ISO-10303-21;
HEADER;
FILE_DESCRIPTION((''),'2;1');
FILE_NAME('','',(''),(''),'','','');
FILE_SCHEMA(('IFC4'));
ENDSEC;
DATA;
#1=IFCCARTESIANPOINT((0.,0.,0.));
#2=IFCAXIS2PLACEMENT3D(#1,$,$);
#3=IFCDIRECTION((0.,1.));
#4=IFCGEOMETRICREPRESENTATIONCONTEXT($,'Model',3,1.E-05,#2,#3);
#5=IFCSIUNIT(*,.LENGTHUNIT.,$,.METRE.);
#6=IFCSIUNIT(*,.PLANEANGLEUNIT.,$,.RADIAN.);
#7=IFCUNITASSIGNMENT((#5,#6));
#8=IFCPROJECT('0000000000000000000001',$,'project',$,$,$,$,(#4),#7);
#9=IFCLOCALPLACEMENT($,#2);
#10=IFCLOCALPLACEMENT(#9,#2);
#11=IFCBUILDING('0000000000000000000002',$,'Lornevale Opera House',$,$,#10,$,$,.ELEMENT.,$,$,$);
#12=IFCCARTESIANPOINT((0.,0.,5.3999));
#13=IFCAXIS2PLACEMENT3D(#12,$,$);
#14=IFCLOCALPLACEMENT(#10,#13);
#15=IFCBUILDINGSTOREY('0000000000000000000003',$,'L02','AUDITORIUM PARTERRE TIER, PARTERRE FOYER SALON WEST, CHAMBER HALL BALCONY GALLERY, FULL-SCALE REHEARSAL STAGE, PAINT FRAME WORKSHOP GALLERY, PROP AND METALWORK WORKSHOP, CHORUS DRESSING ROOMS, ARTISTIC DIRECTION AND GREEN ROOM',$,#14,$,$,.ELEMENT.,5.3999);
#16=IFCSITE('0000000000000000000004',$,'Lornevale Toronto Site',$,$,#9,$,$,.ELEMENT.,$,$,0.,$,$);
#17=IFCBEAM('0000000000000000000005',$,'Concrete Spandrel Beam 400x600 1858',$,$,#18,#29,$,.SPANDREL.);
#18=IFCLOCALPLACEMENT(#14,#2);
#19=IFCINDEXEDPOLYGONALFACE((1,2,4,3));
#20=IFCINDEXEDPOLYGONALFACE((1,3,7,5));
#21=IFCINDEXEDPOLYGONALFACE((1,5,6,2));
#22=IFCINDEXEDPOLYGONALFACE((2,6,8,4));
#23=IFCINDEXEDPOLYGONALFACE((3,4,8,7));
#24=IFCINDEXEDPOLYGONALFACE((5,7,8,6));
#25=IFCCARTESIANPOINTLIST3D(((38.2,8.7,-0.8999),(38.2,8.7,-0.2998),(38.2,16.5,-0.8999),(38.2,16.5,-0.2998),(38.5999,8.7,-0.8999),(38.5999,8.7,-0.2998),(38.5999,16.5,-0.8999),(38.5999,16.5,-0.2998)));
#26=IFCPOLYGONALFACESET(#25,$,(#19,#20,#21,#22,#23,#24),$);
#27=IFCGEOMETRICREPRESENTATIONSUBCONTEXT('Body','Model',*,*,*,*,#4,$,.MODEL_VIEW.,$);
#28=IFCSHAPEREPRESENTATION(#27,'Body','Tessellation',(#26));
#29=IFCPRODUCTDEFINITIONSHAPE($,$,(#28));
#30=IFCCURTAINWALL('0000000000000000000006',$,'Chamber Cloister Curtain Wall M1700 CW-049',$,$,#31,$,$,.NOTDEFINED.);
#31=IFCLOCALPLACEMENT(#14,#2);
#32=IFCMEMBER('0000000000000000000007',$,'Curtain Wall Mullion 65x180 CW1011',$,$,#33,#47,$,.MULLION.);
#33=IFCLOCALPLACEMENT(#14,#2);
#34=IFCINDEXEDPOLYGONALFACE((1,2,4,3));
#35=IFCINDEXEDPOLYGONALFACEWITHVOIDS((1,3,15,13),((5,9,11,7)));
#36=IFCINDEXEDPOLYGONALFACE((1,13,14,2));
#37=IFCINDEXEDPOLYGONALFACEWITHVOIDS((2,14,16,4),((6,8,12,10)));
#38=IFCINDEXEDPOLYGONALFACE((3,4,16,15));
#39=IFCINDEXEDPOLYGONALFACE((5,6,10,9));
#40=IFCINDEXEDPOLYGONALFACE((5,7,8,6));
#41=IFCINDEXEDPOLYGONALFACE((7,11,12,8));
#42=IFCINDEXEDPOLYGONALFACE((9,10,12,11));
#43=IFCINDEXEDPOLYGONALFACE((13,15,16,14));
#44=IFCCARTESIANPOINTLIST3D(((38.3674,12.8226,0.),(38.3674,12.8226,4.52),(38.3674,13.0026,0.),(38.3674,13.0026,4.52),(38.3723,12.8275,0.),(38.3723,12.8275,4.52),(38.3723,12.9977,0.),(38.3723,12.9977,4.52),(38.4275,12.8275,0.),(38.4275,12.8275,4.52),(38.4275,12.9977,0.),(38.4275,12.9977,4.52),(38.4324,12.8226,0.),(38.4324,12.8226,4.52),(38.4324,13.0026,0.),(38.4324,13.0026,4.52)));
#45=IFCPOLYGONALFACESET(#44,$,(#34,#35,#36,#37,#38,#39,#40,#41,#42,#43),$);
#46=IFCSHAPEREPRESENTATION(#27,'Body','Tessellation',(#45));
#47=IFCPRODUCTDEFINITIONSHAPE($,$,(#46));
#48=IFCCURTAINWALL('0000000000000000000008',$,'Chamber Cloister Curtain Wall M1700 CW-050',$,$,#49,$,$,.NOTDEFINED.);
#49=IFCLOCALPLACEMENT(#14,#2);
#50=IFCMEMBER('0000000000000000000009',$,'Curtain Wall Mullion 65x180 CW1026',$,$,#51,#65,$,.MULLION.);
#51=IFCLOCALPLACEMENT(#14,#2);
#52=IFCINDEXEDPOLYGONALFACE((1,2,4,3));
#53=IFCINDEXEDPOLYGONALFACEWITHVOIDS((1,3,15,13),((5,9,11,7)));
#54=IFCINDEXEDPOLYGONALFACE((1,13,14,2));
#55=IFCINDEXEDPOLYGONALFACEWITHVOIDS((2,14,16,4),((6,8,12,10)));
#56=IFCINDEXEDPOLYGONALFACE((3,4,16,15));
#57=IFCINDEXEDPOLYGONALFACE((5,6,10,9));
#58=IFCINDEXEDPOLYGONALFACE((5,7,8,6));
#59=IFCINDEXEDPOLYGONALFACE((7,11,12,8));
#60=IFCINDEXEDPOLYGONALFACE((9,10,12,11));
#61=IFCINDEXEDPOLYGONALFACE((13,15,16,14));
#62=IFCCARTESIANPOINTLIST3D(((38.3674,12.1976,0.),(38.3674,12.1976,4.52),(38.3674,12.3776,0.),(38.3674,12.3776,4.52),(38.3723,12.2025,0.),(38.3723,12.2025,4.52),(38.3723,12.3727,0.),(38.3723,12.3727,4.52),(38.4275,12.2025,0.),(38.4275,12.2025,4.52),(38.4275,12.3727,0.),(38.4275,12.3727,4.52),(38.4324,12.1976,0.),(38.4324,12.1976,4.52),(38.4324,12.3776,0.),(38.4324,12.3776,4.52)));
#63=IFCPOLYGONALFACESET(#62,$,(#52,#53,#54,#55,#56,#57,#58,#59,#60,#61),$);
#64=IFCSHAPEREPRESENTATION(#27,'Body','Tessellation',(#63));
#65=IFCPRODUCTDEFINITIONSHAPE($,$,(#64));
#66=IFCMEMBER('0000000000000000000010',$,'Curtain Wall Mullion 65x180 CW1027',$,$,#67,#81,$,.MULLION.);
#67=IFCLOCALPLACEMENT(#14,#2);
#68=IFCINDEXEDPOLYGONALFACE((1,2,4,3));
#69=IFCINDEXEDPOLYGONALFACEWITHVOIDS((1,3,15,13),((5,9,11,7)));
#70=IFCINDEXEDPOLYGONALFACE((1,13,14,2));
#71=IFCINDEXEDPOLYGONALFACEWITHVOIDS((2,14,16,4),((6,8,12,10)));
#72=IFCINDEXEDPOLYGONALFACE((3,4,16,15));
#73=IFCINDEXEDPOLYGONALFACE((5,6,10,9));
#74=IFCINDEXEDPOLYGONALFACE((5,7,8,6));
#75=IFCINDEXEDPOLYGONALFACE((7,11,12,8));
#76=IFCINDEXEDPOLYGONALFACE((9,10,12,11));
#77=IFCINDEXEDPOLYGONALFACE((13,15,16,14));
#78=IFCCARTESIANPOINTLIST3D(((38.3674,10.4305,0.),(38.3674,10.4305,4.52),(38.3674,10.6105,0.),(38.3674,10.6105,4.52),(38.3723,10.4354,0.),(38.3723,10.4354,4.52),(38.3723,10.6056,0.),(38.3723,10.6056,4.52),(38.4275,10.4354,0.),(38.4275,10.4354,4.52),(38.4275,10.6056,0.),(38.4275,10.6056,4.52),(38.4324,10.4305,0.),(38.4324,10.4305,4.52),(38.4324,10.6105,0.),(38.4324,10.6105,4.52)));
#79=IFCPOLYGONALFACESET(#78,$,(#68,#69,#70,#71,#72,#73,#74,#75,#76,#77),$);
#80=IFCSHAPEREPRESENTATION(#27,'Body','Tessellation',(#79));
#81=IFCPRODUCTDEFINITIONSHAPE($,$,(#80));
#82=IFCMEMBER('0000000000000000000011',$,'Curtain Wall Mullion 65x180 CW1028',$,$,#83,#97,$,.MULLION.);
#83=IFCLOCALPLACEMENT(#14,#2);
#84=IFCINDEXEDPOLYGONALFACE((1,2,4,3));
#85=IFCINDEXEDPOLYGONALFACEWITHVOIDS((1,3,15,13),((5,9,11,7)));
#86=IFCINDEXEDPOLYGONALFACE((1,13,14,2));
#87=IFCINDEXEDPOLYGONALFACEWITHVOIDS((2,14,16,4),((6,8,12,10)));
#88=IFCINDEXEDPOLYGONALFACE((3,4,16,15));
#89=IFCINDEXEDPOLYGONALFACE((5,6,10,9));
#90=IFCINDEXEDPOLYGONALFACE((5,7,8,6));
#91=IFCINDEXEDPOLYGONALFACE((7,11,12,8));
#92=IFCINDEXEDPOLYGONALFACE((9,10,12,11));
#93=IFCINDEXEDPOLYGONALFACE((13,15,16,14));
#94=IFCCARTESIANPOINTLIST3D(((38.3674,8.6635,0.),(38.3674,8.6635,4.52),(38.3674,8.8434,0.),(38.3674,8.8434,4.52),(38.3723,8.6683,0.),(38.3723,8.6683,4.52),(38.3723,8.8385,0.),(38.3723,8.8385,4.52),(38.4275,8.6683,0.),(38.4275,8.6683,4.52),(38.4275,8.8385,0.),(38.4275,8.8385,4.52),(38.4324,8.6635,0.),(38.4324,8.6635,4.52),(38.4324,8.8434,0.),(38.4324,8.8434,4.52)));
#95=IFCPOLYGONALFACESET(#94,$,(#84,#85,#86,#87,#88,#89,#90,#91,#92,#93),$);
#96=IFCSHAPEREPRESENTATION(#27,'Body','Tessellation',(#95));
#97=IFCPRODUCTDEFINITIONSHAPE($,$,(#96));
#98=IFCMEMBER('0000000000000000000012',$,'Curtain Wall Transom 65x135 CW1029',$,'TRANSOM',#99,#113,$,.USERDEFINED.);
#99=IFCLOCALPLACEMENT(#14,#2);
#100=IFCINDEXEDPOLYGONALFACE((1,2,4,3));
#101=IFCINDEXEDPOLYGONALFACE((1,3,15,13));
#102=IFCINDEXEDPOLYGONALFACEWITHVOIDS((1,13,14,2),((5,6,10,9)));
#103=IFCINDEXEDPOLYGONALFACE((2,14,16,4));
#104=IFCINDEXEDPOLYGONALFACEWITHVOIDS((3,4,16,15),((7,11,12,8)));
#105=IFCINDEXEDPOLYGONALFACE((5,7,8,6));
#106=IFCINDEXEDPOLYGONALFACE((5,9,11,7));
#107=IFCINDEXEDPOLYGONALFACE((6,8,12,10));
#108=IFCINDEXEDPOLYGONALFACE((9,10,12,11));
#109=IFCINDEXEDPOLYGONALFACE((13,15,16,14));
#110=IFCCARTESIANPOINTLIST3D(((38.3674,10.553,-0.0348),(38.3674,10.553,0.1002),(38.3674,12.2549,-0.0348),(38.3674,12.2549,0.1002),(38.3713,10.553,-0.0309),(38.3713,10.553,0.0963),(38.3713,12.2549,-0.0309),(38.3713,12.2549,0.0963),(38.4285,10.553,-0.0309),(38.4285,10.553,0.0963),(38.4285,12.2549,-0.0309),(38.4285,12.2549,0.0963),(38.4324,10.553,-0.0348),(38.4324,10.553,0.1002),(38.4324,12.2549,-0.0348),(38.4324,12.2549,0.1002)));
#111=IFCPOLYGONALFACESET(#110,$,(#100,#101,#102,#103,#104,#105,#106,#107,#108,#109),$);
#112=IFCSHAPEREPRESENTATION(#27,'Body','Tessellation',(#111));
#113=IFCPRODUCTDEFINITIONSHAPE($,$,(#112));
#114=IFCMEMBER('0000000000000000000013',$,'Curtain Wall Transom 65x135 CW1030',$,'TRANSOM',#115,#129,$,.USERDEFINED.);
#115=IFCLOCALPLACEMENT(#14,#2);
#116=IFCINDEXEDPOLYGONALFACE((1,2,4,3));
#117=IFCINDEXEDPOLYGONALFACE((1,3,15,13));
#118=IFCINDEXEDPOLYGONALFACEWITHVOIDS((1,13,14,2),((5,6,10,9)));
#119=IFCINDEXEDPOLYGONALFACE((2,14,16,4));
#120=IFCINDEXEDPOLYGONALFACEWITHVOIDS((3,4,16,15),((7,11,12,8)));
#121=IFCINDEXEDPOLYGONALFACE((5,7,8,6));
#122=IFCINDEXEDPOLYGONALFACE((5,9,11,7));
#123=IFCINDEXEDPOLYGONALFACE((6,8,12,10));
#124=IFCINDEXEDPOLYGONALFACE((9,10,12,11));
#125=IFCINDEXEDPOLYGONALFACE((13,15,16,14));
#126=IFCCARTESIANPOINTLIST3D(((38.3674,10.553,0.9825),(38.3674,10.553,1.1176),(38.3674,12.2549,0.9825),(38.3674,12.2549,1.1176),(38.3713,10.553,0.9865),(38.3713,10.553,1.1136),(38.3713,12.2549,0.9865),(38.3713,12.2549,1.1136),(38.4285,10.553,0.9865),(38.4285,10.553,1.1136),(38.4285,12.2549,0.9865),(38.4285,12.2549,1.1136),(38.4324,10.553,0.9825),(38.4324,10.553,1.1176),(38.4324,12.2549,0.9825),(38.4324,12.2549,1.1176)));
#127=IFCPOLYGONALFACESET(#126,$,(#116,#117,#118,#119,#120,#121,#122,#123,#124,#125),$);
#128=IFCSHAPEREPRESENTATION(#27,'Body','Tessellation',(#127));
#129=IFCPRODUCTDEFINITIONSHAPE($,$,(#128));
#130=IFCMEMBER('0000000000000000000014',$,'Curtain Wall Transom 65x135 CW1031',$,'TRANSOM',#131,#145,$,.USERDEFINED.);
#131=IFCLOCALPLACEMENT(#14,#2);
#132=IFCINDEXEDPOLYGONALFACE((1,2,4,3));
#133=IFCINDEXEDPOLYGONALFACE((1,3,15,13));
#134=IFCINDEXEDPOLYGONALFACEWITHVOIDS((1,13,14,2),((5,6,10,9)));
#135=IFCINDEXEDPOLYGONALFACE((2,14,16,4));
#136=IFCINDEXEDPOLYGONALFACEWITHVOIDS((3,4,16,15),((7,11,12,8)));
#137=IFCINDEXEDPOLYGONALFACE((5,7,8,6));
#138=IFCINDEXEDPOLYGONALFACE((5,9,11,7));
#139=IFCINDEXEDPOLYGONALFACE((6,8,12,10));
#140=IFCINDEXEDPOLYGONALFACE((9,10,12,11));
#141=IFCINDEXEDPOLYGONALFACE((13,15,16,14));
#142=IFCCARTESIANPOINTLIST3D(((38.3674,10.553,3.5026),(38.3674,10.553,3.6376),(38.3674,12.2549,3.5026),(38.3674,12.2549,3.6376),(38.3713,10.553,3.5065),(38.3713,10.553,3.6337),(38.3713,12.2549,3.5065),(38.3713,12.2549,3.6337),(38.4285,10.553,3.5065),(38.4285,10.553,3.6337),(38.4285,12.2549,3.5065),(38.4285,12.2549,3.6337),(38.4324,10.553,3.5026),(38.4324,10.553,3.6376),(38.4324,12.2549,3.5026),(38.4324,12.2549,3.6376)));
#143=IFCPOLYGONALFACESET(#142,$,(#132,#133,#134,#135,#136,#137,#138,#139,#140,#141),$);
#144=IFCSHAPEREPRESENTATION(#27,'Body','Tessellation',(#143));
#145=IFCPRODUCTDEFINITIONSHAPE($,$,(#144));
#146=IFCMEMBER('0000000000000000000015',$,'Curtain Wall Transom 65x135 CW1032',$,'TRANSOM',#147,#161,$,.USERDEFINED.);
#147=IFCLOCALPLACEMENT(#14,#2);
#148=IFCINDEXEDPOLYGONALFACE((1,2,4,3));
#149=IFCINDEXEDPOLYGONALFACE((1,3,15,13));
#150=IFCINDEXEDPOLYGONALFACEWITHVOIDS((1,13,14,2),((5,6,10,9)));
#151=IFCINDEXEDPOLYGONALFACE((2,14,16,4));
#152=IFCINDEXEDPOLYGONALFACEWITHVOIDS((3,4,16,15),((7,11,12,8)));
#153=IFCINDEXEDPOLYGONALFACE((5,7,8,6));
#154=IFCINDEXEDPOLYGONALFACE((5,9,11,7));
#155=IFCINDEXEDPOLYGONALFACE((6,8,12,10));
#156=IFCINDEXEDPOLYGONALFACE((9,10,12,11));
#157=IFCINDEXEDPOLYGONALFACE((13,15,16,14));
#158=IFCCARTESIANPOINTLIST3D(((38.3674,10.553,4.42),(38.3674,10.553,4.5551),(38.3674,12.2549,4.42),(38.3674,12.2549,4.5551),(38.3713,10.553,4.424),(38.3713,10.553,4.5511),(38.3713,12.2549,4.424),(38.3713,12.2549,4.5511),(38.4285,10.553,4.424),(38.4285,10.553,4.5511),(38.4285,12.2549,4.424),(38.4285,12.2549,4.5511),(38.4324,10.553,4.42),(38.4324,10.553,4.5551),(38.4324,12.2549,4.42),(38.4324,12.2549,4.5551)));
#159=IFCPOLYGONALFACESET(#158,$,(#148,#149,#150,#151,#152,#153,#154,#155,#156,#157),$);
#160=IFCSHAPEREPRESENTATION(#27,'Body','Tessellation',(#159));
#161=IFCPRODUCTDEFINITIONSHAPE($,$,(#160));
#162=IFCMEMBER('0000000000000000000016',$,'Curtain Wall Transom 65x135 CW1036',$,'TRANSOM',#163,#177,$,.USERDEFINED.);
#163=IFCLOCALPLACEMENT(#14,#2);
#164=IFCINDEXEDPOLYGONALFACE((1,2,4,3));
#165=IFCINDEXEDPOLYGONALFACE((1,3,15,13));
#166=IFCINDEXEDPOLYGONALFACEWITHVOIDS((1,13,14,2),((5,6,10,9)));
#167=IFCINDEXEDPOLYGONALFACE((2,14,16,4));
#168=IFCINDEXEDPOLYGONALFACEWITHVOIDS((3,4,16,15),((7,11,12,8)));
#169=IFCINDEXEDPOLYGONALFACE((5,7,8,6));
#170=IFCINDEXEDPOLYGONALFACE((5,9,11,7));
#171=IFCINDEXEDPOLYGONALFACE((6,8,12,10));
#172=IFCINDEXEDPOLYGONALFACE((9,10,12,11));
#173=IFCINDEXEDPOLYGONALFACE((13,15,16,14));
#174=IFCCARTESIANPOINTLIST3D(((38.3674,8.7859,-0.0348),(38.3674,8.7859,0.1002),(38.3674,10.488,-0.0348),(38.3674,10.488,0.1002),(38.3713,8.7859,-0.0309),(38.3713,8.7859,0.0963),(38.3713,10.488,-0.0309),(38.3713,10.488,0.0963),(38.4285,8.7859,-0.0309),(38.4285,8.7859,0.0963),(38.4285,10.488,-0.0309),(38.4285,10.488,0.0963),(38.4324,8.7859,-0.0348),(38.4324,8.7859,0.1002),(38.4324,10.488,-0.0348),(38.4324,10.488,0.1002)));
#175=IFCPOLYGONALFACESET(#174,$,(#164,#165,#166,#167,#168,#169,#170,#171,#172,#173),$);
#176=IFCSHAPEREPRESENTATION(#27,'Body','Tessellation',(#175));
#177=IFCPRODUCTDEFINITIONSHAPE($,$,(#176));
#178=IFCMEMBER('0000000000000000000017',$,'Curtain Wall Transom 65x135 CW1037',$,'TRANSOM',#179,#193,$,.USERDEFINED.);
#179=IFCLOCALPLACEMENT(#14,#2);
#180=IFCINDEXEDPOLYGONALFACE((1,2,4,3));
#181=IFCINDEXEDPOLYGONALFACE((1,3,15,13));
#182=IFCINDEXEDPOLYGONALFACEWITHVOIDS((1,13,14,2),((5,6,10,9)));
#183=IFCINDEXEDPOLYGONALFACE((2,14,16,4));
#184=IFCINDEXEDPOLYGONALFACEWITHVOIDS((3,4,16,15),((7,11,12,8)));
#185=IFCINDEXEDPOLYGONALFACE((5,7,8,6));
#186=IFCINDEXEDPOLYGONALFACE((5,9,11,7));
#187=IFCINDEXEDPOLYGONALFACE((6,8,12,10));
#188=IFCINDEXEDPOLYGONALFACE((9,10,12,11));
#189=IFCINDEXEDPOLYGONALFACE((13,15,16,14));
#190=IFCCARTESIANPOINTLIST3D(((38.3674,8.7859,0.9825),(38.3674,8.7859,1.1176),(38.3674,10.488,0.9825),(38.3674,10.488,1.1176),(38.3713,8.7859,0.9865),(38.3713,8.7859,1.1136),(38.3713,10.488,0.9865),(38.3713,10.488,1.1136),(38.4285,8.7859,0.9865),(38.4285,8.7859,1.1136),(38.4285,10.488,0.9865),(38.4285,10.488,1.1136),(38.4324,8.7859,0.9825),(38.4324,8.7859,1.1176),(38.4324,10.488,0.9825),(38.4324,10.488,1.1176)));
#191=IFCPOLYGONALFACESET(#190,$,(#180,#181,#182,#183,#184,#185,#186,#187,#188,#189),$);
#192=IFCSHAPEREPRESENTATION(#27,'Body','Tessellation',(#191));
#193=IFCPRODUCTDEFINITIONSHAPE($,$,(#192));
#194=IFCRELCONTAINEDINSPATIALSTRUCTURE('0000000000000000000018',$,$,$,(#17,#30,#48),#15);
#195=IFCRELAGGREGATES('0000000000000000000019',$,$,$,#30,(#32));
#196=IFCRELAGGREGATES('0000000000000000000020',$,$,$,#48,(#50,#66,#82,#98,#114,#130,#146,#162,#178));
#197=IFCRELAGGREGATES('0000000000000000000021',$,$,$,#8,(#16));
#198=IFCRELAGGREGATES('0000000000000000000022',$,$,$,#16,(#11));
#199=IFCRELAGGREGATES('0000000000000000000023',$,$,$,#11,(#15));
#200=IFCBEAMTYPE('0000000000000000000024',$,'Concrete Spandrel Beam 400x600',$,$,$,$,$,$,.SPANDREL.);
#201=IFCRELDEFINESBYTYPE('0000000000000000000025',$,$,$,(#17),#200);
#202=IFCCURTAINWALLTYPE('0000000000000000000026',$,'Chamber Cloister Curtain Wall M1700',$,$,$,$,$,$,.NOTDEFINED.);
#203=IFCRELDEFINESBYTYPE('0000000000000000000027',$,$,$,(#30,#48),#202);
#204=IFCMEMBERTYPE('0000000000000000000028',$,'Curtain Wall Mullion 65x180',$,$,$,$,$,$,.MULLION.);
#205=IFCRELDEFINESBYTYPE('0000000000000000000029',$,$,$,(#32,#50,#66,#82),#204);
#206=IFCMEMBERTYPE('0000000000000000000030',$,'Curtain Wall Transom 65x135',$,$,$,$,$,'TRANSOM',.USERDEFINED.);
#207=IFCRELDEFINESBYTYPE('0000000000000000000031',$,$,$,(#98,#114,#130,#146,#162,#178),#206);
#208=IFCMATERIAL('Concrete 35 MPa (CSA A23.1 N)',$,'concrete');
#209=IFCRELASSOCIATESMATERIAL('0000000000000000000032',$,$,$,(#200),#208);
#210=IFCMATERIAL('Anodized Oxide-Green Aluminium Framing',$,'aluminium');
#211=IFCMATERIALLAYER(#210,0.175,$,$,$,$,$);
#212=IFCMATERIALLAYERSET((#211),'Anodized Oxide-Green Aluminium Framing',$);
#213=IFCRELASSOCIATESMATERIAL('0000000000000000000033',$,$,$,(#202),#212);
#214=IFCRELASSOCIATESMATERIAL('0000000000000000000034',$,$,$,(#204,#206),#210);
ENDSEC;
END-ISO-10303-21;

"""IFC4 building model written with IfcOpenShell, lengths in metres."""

from ifc_helpers import new_model, si_unit, direction, frame, origin, origin_2d, place, context, subcontext, project, spatial, rectangle, hollow_rectangle, extrude, material, layer, layer_set, material_profile, profile_set, type_object, element, aggregate, save


model = new_model("IFC4")

# Units and contexts
model_context = context("Model", 3, precision=1e-05, world=origin(), true_north=direction((0.0, 1.0)))
body_context = subcontext(model_context, "Body", "Model", "MODEL_VIEW")
ifc_project = project(units=[si_unit("LENGTHUNIT", "METRE"), si_unit("PLANEANGLEUNIT", "RADIAN")], contexts=[model_context])

# Site, building, storey
site_placement = place(None, origin())
site = spatial("IfcSite", under=ifc_project, at=site_placement, Name="Lornevale Toronto Site", CompositionType="ELEMENT", RefElevation=0.0)
building_placement = place(site_placement, origin())
building = spatial("IfcBuilding", under=site, at=building_placement, Name="Lornevale Opera House", CompositionType="ELEMENT")
storey_placement = place(building_placement, frame((0.0, 0.0, 5.3999)))
storey = spatial("IfcBuildingStorey", under=building, at=storey_placement, Name="L02", Description="AUDITORIUM PARTERRE TIER, PARTERRE FOYER SALON WEST, CHAMBER HALL BALCONY GALLERY, FULL-SCALE REHEARSAL STAGE, PAINT FRAME WORKSHOP GALLERY, PROP AND METALWORK WORKSHOP, CHORUS DRESSING ROOMS, ARTISTIC DIRECTION AND GREEN ROOM", CompositionType="ELEMENT", Elevation=5.3999)

# Beam
ifc_material_1 = material(Name="Concrete 35 MPa (CSA A23.1 N)", Category="concrete")
ifc_material_profile_1 = material_profile(ifc_material_1, rectangle(XDim=0.3999, YDim=0.6001, at=origin_2d()), Name="RC400x600")
ifc_profile_set_1 = profile_set([ifc_material_profile_1], Name="Concrete 35 MPa (CSA A23.1 N)")
beam_type = type_object("IfcBeamType", Name="Concrete Spandrel Beam 400x600", PredefinedType="SPANDREL", material=ifc_profile_set_1)
beam_placement = place(storey_placement, frame((38.3999, 8.7, -0.5999), z_axis=(0.0, 1.0, 0.0), x_axis=(-1.0, 0.0, 0.0)))
element("IfcBeam", 1, at=beam_placement, inside=storey, type_object=beam_type, Name="Concrete Spandrel Beam 400x600 1858", PredefinedType="SPANDREL", context=body_context, shape_type="SweptSolid", body=[
    extrude(rectangle(XDim=0.3999, YDim=0.6001, at=origin_2d()), origin(), (0.0, 0.0, 1.0), 7.8),
])

# Curtain wall, member
ifc_material_2 = material(Name="Anodized Oxide-Green Aluminium Framing", Category="aluminium")
ifc_layer_1 = layer(ifc_material_2, 0.175)
ifc_layer_set_1 = layer_set([ifc_layer_1], Name="Anodized Oxide-Green Aluminium Framing")
curtain_wall_type = type_object("IfcCurtainWallType", Name="Chamber Cloister Curtain Wall M1700", PredefinedType="NOTDEFINED", material=ifc_layer_set_1)
curtain_wall_1_placement = place(storey_placement, origin())
curtain_wall_1 = element("IfcCurtainWall", 2, at=curtain_wall_1_placement, inside=storey, type_object=curtain_wall_type, Name="Chamber Cloister Curtain Wall M1700 CW-049", PredefinedType="NOTDEFINED")
ifc_material_profile_2 = material_profile(ifc_material_2, hollow_rectangle(XDim=0.0649, YDim=0.1799, WallThickness=0.0049, at=origin_2d()), Name="ALU65x180x5")
ifc_profile_set_2 = profile_set([ifc_material_profile_2], Name="Anodized Oxide-Green Aluminium Framing")
member_type_1 = type_object("IfcMemberType", Name="Curtain Wall Mullion 65x180", PredefinedType="MULLION", material=ifc_profile_set_2)
member_1_placement = place(storey_placement, frame((38.3999, 12.9126, 0.0), z_axis=(0.0, 0.0, 1.0), x_axis=(1.0, 0.0, 0.0)))
member_1 = element("IfcMember", 3, at=member_1_placement, type_object=member_type_1, Name="Curtain Wall Mullion 65x180 CW1011", PredefinedType="MULLION", context=body_context, shape_type="SweptSolid", body=[
    extrude(hollow_rectangle(XDim=0.0649, YDim=0.1799, WallThickness=0.0049, at=origin_2d()), origin(), (0.0, 0.0, 1.0), 4.52),
])

# Curtain wall, members
curtain_wall_2_placement = place(storey_placement, origin())
curtain_wall_2 = element("IfcCurtainWall", 4, at=curtain_wall_2_placement, inside=storey, type_object=curtain_wall_type, Name="Chamber Cloister Curtain Wall M1700 CW-050", PredefinedType="NOTDEFINED")
member_2_placement = place(storey_placement, frame((38.3999, 12.2876, 0.0), z_axis=(0.0, 0.0, 1.0), x_axis=(1.0, 0.0, 0.0)))
member_2 = element("IfcMember", 5, at=member_2_placement, type_object=member_type_1, Name="Curtain Wall Mullion 65x180 CW1026", PredefinedType="MULLION", context=body_context, shape_type="SweptSolid", body=[
    extrude(hollow_rectangle(XDim=0.0649, YDim=0.1799, WallThickness=0.0049, at=origin_2d()), origin(), (0.0, 0.0, 1.0), 4.52),
])
member_3_placement = place(storey_placement, frame((38.3999, 10.5205, 0.0), z_axis=(0.0, 0.0, 1.0), x_axis=(1.0, 0.0, 0.0)))
member_3 = element("IfcMember", 6, at=member_3_placement, type_object=member_type_1, Name="Curtain Wall Mullion 65x180 CW1027", PredefinedType="MULLION", context=body_context, shape_type="SweptSolid", body=[
    extrude(hollow_rectangle(XDim=0.0649, YDim=0.1799, WallThickness=0.0049, at=origin_2d()), origin(), (0.0, 0.0, 1.0), 4.52),
])
member_4_placement = place(storey_placement, frame((38.3999, 8.7534, 0.0), z_axis=(0.0, 0.0, 1.0), x_axis=(1.0, 0.0, 0.0)))
member_4 = element("IfcMember", 7, at=member_4_placement, type_object=member_type_1, Name="Curtain Wall Mullion 65x180 CW1028", PredefinedType="MULLION", context=body_context, shape_type="SweptSolid", body=[
    extrude(hollow_rectangle(XDim=0.0649, YDim=0.1799, WallThickness=0.0049, at=origin_2d()), origin(), (0.0, 0.0, 1.0), 4.52),
])
ifc_material_profile_3 = material_profile(ifc_material_2, hollow_rectangle(XDim=0.0649, YDim=0.135, WallThickness=0.0039, at=origin_2d()), Name="ALU65x135x4")
ifc_profile_set_3 = profile_set([ifc_material_profile_3], Name="Anodized Oxide-Green Aluminium Framing")
member_type_2 = type_object("IfcMemberType", Name="Curtain Wall Transom 65x135", ElementType="TRANSOM", PredefinedType="USERDEFINED", material=ifc_profile_set_3)
member_5_placement = place(storey_placement, frame((38.3999, 12.2549, 0.0327), z_axis=(0.0, -1.0, 0.0), x_axis=(1.0, 0.0, 0.0)))
member_5 = element("IfcMember", 8, at=member_5_placement, type_object=member_type_2, Name="Curtain Wall Transom 65x135 CW1029", ObjectType="TRANSOM", PredefinedType="USERDEFINED", context=body_context, shape_type="SweptSolid", body=[
    extrude(hollow_rectangle(XDim=0.0649, YDim=0.135, WallThickness=0.0039, at=origin_2d()), origin(), (0.0, 0.0, 1.0), 1.7019),
])
member_6_placement = place(storey_placement, frame((38.3999, 12.2549, 1.05), z_axis=(0.0, -1.0, 0.0), x_axis=(1.0, 0.0, 0.0)))
member_6 = element("IfcMember", 9, at=member_6_placement, type_object=member_type_2, Name="Curtain Wall Transom 65x135 CW1030", ObjectType="TRANSOM", PredefinedType="USERDEFINED", context=body_context, shape_type="SweptSolid", body=[
    extrude(hollow_rectangle(XDim=0.0649, YDim=0.135, WallThickness=0.0039, at=origin_2d()), origin(), (0.0, 0.0, 1.0), 1.7019),
])
member_7_placement = place(storey_placement, frame((38.3999, 12.2549, 3.5701), z_axis=(0.0, -1.0, 0.0), x_axis=(1.0, 0.0, 0.0)))
member_7 = element("IfcMember", 10, at=member_7_placement, type_object=member_type_2, Name="Curtain Wall Transom 65x135 CW1031", ObjectType="TRANSOM", PredefinedType="USERDEFINED", context=body_context, shape_type="SweptSolid", body=[
    extrude(hollow_rectangle(XDim=0.0649, YDim=0.135, WallThickness=0.0039, at=origin_2d()), origin(), (0.0, 0.0, 1.0), 1.7019),
])
member_8_placement = place(storey_placement, frame((38.3999, 12.2549, 4.4875), z_axis=(0.0, -1.0, 0.0), x_axis=(1.0, 0.0, 0.0)))
member_8 = element("IfcMember", 11, at=member_8_placement, type_object=member_type_2, Name="Curtain Wall Transom 65x135 CW1032", ObjectType="TRANSOM", PredefinedType="USERDEFINED", context=body_context, shape_type="SweptSolid", body=[
    extrude(hollow_rectangle(XDim=0.0649, YDim=0.135, WallThickness=0.0039, at=origin_2d()), origin(), (0.0, 0.0, 1.0), 1.7019),
])
member_9_placement = place(storey_placement, frame((38.3999, 10.488, 0.0327), z_axis=(0.0, -1.0, 0.0), x_axis=(1.0, 0.0, 0.0)))
member_9 = element("IfcMember", 12, at=member_9_placement, type_object=member_type_2, Name="Curtain Wall Transom 65x135 CW1036", ObjectType="TRANSOM", PredefinedType="USERDEFINED", context=body_context, shape_type="SweptSolid", body=[
    extrude(hollow_rectangle(XDim=0.0649, YDim=0.135, WallThickness=0.0039, at=origin_2d()), origin(), (0.0, 0.0, 1.0), 1.7021),
])
member_10_placement = place(storey_placement, frame((38.3999, 10.488, 1.05), z_axis=(0.0, -1.0, 0.0), x_axis=(1.0, 0.0, 0.0)))
member_10 = element("IfcMember", 13, at=member_10_placement, type_object=member_type_2, Name="Curtain Wall Transom 65x135 CW1037", ObjectType="TRANSOM", PredefinedType="USERDEFINED", context=body_context, shape_type="SweptSolid", body=[
    extrude(hollow_rectangle(XDim=0.0649, YDim=0.135, WallThickness=0.0039, at=origin_2d()), origin(), (0.0, 0.0, 1.0), 1.7021),
])

aggregate(curtain_wall_1, [member_1])
aggregate(curtain_wall_2, [member_2, member_3, member_4, member_5, member_6, member_7, member_8, member_9, member_10])

save(model, "model.ifc")
